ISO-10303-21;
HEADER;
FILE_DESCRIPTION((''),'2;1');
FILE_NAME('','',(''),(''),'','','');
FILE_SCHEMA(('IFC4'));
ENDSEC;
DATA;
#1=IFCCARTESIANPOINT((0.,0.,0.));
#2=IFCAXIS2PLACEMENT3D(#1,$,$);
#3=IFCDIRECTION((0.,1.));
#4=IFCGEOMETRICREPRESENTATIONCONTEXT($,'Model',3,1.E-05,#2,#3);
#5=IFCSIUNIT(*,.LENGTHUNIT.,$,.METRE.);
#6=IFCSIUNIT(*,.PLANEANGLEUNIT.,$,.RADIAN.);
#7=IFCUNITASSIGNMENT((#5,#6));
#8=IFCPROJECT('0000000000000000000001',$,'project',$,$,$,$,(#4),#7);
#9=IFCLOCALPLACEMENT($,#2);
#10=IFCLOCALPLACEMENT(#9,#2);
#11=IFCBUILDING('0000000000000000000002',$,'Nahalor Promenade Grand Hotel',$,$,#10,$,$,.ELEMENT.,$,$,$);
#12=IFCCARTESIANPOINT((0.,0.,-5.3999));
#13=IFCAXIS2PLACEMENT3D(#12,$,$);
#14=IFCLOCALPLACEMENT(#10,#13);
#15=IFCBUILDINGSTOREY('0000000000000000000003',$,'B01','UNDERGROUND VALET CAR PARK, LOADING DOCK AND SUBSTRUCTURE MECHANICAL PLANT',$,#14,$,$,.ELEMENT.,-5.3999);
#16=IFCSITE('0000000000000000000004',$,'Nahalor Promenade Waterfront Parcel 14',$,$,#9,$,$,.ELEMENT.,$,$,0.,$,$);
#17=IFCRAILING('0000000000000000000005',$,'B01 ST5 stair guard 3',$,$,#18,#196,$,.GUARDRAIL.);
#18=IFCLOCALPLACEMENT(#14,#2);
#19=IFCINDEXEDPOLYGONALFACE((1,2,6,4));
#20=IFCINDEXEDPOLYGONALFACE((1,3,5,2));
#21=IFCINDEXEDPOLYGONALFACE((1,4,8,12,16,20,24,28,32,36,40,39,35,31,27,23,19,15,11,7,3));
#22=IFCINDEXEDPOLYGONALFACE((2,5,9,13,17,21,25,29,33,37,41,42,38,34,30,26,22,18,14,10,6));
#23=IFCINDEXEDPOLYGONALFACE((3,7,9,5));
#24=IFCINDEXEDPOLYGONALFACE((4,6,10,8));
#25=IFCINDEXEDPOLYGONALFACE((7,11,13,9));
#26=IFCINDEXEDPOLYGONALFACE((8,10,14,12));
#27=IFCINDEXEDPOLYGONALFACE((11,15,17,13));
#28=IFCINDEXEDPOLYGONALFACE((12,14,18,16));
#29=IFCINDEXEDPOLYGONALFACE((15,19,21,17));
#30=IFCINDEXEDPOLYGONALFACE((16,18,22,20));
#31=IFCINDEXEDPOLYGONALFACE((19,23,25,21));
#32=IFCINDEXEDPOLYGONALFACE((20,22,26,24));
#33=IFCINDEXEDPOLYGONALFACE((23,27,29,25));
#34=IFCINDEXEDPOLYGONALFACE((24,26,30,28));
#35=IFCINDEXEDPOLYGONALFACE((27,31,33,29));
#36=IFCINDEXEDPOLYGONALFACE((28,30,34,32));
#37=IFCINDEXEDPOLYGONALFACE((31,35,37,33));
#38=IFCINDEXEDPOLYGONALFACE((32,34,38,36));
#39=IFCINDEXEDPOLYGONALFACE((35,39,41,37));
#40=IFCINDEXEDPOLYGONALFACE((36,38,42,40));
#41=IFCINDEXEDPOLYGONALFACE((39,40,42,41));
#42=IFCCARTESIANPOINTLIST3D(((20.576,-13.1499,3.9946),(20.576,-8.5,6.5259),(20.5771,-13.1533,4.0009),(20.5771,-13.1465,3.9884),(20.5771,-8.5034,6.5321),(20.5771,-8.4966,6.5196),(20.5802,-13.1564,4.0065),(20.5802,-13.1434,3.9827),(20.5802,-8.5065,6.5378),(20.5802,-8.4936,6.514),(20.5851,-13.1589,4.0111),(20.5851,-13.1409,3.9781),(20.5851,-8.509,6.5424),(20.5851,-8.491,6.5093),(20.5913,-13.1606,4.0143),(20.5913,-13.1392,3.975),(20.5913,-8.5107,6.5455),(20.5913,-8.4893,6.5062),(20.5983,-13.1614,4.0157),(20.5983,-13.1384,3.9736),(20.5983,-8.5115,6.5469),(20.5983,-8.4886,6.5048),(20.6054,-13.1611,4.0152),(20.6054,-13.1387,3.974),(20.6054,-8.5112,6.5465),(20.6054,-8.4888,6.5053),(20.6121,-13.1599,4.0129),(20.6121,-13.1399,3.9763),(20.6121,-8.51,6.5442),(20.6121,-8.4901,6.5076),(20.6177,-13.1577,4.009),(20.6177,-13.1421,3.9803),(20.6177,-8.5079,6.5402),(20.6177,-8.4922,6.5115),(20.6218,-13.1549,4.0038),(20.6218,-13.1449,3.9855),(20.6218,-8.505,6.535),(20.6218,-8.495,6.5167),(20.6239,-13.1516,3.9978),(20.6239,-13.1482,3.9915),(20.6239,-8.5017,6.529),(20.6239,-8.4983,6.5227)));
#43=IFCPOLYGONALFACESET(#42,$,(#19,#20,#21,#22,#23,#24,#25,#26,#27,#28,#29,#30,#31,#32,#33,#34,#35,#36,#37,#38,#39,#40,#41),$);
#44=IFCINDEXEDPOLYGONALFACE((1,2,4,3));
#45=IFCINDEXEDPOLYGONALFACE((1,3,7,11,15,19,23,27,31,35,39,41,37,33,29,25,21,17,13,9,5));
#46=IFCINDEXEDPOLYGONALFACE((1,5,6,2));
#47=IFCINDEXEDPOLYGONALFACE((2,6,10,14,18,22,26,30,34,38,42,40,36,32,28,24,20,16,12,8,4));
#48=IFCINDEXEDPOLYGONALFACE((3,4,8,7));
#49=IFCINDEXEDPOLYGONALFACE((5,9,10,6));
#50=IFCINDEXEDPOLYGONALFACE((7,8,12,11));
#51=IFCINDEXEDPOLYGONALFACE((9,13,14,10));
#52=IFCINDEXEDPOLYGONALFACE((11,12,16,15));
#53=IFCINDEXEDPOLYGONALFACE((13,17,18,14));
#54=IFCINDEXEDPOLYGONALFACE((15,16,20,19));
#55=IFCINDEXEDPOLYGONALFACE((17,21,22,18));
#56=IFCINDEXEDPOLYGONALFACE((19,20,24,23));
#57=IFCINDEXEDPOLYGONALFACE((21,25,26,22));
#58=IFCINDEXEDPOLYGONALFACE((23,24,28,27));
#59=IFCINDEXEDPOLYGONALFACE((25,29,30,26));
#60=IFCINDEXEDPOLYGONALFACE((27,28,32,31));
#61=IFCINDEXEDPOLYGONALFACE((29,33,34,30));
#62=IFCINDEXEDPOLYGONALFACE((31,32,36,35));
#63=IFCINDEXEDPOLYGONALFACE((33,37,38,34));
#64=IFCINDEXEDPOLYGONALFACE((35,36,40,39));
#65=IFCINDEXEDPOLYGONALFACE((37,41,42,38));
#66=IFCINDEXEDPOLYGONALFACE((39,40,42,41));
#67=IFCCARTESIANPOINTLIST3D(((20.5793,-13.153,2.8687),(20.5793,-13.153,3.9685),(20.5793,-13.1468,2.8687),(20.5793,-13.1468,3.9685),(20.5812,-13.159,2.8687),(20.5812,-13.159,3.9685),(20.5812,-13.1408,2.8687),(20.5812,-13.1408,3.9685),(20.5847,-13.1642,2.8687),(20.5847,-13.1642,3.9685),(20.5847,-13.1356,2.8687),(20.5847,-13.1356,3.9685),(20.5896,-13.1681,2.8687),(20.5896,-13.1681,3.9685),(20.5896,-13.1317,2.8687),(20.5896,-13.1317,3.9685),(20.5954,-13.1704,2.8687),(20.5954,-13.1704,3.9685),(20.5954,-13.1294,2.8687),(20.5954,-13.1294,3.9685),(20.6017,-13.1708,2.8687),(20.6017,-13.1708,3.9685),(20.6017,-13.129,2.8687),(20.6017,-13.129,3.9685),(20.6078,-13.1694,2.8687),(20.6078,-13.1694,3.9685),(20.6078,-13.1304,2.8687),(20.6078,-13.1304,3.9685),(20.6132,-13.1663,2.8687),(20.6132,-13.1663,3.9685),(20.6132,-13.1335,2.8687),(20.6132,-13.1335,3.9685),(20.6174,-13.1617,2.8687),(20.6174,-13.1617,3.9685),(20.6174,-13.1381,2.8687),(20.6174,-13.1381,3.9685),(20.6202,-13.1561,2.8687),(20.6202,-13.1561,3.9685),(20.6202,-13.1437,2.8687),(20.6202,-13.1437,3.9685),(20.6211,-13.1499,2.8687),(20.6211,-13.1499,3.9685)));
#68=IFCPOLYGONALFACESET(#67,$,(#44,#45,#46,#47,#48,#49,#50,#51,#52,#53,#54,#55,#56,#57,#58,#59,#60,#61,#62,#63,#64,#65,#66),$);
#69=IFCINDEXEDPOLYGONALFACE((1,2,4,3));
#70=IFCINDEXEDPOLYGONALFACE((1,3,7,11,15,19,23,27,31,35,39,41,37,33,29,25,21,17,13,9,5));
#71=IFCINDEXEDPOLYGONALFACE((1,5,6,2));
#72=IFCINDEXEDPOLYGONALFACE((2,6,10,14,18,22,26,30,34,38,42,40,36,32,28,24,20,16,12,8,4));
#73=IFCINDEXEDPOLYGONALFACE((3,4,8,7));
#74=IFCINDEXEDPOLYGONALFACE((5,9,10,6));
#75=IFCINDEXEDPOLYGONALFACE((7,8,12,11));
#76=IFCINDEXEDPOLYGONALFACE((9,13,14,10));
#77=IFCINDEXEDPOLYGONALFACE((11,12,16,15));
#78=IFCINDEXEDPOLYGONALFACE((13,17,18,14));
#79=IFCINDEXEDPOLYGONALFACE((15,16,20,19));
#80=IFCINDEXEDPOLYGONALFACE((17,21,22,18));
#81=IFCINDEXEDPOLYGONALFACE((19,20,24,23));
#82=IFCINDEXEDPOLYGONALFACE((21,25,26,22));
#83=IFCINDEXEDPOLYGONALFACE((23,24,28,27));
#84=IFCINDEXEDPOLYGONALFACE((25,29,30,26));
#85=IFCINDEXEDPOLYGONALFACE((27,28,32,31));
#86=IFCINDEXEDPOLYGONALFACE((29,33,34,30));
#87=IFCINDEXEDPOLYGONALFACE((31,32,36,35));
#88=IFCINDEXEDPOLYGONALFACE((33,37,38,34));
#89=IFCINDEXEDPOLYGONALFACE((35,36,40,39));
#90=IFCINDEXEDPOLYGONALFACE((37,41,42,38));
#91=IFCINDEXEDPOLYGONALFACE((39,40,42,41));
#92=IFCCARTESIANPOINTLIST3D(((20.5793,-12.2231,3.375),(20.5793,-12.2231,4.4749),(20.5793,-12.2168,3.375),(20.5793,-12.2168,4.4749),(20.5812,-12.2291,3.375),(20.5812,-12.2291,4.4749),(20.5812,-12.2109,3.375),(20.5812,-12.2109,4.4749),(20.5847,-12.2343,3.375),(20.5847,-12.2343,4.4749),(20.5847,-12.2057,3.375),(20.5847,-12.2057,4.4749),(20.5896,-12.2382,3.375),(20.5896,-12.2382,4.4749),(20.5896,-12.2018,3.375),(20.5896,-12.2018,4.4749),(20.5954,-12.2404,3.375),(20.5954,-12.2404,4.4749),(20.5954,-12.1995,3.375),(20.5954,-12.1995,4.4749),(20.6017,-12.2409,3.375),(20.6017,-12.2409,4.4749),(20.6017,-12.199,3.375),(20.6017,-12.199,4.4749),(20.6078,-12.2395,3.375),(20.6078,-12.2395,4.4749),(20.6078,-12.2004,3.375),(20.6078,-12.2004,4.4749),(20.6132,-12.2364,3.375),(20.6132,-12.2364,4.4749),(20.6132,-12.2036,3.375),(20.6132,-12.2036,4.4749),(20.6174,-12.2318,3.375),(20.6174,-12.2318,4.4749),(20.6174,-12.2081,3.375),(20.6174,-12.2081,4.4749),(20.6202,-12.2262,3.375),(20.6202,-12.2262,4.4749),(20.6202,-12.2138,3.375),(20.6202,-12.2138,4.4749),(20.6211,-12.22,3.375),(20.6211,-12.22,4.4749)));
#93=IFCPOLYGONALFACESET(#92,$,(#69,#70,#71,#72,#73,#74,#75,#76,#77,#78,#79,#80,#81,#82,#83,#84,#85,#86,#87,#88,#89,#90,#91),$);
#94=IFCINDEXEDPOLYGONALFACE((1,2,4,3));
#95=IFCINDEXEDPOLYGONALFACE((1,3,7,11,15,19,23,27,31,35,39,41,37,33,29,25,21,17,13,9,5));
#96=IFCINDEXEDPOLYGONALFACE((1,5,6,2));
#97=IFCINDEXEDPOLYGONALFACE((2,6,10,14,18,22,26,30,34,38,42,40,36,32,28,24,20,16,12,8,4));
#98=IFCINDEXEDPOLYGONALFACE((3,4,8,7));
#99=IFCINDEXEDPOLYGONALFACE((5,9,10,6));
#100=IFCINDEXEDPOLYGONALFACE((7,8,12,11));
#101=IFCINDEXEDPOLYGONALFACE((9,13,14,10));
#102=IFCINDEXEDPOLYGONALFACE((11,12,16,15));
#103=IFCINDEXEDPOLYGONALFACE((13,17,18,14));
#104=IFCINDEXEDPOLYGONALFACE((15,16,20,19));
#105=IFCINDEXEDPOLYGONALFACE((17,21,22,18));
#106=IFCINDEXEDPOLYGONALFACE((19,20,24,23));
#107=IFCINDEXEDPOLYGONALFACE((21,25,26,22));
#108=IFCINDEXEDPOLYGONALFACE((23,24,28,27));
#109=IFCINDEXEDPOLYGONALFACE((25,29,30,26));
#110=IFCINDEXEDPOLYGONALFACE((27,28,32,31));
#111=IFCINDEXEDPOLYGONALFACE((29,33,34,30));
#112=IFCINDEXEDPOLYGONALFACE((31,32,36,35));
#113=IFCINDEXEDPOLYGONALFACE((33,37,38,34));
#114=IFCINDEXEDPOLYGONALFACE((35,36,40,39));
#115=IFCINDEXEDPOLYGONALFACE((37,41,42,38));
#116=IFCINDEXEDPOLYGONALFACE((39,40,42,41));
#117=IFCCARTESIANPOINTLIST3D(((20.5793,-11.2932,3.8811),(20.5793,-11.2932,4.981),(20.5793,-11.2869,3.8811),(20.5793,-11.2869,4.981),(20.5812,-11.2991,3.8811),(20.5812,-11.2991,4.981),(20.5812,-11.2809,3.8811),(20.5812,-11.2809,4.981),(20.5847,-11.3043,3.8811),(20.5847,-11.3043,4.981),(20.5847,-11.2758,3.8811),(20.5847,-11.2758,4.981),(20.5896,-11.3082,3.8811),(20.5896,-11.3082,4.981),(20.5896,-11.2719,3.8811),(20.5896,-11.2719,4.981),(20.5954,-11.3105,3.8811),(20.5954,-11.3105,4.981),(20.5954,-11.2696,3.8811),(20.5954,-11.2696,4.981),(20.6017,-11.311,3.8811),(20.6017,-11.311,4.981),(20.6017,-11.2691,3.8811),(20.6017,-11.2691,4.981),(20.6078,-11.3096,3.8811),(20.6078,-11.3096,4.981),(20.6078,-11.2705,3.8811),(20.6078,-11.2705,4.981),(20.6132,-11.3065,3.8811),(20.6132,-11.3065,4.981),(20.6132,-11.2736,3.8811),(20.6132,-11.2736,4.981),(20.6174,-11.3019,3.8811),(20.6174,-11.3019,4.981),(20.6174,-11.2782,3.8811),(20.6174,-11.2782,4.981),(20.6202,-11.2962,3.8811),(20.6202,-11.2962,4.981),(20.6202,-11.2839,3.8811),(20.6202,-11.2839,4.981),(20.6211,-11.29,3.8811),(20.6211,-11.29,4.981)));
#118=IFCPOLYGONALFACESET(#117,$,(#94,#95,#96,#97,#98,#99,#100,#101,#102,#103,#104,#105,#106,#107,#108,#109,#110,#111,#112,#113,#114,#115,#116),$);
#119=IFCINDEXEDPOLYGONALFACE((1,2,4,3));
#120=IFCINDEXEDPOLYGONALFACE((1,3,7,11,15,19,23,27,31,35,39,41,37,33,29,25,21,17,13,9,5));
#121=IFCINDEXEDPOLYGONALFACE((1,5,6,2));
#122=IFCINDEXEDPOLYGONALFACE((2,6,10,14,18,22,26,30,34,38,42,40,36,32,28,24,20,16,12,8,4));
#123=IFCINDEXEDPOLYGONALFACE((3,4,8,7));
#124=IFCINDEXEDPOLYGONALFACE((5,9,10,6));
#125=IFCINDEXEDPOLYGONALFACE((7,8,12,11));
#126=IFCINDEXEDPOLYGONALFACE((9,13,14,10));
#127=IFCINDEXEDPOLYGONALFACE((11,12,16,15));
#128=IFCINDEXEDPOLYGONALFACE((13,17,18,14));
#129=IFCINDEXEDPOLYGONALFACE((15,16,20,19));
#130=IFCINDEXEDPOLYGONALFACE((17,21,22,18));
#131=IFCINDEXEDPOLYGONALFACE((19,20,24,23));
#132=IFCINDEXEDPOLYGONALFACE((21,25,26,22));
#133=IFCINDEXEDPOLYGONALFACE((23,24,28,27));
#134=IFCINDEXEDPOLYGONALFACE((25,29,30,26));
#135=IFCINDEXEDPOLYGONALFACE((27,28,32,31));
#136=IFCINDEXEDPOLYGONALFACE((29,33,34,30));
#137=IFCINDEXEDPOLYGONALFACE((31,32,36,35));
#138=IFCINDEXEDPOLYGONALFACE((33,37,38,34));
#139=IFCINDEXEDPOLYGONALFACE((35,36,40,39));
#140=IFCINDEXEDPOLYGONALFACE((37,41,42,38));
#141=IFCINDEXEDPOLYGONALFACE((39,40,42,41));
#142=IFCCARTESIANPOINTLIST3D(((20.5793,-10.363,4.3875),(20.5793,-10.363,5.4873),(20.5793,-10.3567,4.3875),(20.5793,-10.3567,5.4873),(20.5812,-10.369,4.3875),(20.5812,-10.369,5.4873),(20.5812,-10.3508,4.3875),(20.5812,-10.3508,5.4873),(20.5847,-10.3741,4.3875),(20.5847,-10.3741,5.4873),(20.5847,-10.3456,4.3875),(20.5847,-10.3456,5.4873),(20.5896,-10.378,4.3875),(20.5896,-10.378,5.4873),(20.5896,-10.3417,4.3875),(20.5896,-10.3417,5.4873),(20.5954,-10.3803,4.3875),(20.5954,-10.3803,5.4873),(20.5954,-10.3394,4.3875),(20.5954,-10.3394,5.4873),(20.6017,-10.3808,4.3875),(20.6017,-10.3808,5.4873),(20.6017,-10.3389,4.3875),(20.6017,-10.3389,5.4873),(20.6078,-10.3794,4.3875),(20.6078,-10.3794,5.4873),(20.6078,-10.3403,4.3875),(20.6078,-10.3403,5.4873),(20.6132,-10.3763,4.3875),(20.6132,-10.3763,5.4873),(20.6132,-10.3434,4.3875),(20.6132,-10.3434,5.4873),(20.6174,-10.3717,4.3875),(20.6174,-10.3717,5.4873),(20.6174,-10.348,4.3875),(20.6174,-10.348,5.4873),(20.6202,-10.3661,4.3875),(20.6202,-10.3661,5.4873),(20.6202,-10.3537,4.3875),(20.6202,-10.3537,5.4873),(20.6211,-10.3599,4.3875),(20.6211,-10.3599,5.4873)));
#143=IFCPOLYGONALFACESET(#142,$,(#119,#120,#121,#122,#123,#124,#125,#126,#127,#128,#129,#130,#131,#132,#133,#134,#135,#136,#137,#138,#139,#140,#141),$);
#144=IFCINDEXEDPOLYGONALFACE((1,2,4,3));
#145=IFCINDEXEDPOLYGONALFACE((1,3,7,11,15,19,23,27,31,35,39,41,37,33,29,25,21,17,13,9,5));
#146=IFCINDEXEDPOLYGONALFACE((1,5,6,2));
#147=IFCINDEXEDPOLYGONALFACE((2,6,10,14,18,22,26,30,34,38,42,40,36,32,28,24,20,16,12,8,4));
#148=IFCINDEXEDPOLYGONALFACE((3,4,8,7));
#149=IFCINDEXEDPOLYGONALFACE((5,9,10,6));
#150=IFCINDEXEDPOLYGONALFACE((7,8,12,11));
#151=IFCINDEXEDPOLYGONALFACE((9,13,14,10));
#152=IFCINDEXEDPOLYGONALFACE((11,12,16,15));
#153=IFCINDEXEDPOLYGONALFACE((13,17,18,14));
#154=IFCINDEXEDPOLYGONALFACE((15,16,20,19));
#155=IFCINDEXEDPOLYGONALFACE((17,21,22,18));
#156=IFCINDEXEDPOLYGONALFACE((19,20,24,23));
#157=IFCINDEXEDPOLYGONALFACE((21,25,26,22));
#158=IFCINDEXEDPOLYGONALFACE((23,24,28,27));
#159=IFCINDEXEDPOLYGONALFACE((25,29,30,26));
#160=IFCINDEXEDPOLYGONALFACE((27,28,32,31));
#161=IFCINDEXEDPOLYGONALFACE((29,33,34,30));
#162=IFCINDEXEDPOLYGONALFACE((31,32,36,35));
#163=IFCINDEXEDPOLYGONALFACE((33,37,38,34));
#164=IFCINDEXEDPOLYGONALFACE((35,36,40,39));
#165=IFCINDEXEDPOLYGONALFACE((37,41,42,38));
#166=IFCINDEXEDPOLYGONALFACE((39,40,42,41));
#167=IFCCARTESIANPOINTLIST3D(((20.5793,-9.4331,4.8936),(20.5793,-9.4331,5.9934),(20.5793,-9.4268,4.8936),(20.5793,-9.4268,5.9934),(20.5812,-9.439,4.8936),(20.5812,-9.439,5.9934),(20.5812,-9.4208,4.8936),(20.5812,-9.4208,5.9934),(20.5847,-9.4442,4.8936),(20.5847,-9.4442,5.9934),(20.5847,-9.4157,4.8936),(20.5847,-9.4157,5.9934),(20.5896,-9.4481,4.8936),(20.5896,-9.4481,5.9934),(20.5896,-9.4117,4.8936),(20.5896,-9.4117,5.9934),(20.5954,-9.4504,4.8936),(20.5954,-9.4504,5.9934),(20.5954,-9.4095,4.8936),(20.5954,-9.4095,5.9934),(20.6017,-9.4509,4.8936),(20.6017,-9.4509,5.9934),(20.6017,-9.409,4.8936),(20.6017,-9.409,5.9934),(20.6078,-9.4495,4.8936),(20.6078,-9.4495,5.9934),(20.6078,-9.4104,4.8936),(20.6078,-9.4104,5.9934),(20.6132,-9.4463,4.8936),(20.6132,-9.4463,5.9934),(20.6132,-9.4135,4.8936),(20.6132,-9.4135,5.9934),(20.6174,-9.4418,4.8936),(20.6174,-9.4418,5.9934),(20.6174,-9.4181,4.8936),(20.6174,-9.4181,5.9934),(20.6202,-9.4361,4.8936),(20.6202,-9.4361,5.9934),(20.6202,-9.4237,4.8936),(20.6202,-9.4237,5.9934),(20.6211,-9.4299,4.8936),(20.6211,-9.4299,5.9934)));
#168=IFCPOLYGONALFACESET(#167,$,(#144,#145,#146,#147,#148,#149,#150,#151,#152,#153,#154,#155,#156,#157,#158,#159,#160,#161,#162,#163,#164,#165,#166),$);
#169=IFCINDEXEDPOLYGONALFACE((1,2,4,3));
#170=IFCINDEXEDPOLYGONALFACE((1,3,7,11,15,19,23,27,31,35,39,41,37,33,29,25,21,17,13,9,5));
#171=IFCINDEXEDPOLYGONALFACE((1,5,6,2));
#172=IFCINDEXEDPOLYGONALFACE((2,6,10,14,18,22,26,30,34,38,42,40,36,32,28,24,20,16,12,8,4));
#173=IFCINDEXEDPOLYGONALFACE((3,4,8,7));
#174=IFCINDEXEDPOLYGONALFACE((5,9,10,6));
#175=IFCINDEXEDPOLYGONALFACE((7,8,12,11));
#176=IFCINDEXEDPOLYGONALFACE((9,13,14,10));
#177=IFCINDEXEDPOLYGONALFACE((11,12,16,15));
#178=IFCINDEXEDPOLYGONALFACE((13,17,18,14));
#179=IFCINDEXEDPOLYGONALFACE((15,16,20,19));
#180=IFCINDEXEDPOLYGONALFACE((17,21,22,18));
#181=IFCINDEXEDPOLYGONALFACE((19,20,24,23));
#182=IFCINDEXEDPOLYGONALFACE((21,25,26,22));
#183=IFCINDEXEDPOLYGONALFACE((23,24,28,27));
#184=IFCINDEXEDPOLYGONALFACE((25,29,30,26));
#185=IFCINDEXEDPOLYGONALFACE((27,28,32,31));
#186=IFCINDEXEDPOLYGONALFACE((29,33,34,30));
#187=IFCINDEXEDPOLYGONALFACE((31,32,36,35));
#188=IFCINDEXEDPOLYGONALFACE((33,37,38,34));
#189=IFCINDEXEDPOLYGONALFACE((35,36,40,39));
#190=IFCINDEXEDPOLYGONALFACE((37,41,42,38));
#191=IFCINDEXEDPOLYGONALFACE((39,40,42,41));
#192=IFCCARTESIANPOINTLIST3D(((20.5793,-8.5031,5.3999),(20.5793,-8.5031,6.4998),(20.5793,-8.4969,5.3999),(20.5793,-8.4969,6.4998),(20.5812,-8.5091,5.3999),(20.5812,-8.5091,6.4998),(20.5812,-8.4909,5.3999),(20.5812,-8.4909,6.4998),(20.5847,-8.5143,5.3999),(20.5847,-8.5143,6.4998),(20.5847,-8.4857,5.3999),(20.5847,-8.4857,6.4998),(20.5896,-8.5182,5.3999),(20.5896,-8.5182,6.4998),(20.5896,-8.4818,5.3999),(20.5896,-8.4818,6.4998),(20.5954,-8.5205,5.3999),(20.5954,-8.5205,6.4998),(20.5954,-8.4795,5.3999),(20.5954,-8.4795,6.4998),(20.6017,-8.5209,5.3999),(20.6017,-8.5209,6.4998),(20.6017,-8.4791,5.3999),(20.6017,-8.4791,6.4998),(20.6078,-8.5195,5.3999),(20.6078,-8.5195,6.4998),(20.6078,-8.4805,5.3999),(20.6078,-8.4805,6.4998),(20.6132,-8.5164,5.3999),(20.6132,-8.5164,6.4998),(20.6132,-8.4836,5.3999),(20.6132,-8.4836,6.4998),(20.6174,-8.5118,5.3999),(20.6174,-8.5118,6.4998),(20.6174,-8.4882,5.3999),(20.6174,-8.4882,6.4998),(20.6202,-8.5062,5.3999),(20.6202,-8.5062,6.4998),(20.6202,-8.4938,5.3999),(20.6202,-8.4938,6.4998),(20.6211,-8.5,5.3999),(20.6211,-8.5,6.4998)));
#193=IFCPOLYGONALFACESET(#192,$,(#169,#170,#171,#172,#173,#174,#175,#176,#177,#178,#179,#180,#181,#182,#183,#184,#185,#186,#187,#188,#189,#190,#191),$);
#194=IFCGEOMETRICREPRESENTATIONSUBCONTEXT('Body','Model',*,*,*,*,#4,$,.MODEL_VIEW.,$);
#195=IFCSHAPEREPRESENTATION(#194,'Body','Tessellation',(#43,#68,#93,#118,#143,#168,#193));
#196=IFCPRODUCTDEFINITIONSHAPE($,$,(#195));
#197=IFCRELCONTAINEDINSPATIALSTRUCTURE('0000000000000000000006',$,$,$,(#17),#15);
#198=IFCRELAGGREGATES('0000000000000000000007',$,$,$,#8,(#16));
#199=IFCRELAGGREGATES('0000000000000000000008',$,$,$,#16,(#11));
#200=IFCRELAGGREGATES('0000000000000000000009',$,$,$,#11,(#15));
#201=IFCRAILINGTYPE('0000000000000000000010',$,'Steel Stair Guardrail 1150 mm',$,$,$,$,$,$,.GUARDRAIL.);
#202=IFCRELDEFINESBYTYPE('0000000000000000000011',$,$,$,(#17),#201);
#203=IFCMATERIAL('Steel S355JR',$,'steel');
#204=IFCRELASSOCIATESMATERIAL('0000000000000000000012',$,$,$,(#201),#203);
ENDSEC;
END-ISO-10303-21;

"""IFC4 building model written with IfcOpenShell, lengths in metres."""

from ifc_helpers import new_model, si_unit, direction, frame, origin, origin_2d, place, context, subcontext, project, spatial, circle, extrude, material, type_object, element, save


model = new_model("IFC4")

# Units and contexts
model_context = context("Model", 3, precision=1e-05, world=origin(), true_north=direction((0.0, 1.0)))
body_context = subcontext(model_context, "Body", "Model", "MODEL_VIEW")
ifc_project = project(units=[si_unit("LENGTHUNIT", "METRE"), si_unit("PLANEANGLEUNIT", "RADIAN")], contexts=[model_context])

# Site, building, storey
site_placement = place(None, origin())
site = spatial("IfcSite", under=ifc_project, at=site_placement, Name="Nahalor Promenade Waterfront Parcel 14", CompositionType="ELEMENT", RefElevation=0.0)
building_placement = place(site_placement, origin())
building = spatial("IfcBuilding", under=site, at=building_placement, Name="Nahalor Promenade Grand Hotel", CompositionType="ELEMENT")
storey_placement = place(building_placement, frame((0.0, 0.0, -5.3999)))
storey = spatial("IfcBuildingStorey", under=building, at=storey_placement, Name="B01", Description="UNDERGROUND VALET CAR PARK, LOADING DOCK AND SUBSTRUCTURE MECHANICAL PLANT", CompositionType="ELEMENT", Elevation=-5.3999)

# Shared definitions
ifc_material_1 = material(Name="Steel S355JR", Category="steel")

# Railing
railing_type_1 = type_object("IfcRailingType", Name="Steel Stair Guardrail 1150 mm", PredefinedType="GUARDRAIL", material=ifc_material_1)
railing_1_placement = place(storey_placement, frame((20.6001, -13.1499, 2.8687)))
element("IfcRailing", 1, at=railing_1_placement, inside=storey, type_object=railing_type_1, Name="B01 ST5 stair guard 3", PredefinedType="GUARDRAIL", context=body_context, shape_type="SweptSolid", body=[
    extrude(circle(Radius=0.024, at=origin_2d()), frame((0.0, 0.0, 1.126), z_axis=(0.0, 0.878297, 0.478115), x_axis=(-1.0, 0.0, 0.0)), (0.0, 0.0, 1.0), 5.2942),
    extrude(circle(Radius=0.021, at=origin_2d()), origin(), (0.0, 0.0, 1.0), 1.0999),
    extrude(circle(Radius=0.021, at=origin_2d()), frame((0.0, 0.9299, 0.5063)), (0.0, 0.0, 1.0), 1.0999),
    extrude(circle(Radius=0.021, at=origin_2d()), frame((0.0, 1.8599, 1.0125)), (0.0, 0.0, 1.0), 1.0999),
    extrude(circle(Radius=0.021, at=origin_2d()), frame((0.0, 2.79, 1.5188)), (0.0, 0.0, 1.0), 1.0999),
    extrude(circle(Radius=0.021, at=origin_2d()), frame((0.0, 3.72, 2.0249)), (0.0, 0.0, 1.0), 1.0999),
    extrude(circle(Radius=0.021, at=origin_2d()), frame((0.0, 4.6499, 2.5312)), (0.0, 0.0, 1.0), 1.0999),
])

save(model, "model.ifc")
